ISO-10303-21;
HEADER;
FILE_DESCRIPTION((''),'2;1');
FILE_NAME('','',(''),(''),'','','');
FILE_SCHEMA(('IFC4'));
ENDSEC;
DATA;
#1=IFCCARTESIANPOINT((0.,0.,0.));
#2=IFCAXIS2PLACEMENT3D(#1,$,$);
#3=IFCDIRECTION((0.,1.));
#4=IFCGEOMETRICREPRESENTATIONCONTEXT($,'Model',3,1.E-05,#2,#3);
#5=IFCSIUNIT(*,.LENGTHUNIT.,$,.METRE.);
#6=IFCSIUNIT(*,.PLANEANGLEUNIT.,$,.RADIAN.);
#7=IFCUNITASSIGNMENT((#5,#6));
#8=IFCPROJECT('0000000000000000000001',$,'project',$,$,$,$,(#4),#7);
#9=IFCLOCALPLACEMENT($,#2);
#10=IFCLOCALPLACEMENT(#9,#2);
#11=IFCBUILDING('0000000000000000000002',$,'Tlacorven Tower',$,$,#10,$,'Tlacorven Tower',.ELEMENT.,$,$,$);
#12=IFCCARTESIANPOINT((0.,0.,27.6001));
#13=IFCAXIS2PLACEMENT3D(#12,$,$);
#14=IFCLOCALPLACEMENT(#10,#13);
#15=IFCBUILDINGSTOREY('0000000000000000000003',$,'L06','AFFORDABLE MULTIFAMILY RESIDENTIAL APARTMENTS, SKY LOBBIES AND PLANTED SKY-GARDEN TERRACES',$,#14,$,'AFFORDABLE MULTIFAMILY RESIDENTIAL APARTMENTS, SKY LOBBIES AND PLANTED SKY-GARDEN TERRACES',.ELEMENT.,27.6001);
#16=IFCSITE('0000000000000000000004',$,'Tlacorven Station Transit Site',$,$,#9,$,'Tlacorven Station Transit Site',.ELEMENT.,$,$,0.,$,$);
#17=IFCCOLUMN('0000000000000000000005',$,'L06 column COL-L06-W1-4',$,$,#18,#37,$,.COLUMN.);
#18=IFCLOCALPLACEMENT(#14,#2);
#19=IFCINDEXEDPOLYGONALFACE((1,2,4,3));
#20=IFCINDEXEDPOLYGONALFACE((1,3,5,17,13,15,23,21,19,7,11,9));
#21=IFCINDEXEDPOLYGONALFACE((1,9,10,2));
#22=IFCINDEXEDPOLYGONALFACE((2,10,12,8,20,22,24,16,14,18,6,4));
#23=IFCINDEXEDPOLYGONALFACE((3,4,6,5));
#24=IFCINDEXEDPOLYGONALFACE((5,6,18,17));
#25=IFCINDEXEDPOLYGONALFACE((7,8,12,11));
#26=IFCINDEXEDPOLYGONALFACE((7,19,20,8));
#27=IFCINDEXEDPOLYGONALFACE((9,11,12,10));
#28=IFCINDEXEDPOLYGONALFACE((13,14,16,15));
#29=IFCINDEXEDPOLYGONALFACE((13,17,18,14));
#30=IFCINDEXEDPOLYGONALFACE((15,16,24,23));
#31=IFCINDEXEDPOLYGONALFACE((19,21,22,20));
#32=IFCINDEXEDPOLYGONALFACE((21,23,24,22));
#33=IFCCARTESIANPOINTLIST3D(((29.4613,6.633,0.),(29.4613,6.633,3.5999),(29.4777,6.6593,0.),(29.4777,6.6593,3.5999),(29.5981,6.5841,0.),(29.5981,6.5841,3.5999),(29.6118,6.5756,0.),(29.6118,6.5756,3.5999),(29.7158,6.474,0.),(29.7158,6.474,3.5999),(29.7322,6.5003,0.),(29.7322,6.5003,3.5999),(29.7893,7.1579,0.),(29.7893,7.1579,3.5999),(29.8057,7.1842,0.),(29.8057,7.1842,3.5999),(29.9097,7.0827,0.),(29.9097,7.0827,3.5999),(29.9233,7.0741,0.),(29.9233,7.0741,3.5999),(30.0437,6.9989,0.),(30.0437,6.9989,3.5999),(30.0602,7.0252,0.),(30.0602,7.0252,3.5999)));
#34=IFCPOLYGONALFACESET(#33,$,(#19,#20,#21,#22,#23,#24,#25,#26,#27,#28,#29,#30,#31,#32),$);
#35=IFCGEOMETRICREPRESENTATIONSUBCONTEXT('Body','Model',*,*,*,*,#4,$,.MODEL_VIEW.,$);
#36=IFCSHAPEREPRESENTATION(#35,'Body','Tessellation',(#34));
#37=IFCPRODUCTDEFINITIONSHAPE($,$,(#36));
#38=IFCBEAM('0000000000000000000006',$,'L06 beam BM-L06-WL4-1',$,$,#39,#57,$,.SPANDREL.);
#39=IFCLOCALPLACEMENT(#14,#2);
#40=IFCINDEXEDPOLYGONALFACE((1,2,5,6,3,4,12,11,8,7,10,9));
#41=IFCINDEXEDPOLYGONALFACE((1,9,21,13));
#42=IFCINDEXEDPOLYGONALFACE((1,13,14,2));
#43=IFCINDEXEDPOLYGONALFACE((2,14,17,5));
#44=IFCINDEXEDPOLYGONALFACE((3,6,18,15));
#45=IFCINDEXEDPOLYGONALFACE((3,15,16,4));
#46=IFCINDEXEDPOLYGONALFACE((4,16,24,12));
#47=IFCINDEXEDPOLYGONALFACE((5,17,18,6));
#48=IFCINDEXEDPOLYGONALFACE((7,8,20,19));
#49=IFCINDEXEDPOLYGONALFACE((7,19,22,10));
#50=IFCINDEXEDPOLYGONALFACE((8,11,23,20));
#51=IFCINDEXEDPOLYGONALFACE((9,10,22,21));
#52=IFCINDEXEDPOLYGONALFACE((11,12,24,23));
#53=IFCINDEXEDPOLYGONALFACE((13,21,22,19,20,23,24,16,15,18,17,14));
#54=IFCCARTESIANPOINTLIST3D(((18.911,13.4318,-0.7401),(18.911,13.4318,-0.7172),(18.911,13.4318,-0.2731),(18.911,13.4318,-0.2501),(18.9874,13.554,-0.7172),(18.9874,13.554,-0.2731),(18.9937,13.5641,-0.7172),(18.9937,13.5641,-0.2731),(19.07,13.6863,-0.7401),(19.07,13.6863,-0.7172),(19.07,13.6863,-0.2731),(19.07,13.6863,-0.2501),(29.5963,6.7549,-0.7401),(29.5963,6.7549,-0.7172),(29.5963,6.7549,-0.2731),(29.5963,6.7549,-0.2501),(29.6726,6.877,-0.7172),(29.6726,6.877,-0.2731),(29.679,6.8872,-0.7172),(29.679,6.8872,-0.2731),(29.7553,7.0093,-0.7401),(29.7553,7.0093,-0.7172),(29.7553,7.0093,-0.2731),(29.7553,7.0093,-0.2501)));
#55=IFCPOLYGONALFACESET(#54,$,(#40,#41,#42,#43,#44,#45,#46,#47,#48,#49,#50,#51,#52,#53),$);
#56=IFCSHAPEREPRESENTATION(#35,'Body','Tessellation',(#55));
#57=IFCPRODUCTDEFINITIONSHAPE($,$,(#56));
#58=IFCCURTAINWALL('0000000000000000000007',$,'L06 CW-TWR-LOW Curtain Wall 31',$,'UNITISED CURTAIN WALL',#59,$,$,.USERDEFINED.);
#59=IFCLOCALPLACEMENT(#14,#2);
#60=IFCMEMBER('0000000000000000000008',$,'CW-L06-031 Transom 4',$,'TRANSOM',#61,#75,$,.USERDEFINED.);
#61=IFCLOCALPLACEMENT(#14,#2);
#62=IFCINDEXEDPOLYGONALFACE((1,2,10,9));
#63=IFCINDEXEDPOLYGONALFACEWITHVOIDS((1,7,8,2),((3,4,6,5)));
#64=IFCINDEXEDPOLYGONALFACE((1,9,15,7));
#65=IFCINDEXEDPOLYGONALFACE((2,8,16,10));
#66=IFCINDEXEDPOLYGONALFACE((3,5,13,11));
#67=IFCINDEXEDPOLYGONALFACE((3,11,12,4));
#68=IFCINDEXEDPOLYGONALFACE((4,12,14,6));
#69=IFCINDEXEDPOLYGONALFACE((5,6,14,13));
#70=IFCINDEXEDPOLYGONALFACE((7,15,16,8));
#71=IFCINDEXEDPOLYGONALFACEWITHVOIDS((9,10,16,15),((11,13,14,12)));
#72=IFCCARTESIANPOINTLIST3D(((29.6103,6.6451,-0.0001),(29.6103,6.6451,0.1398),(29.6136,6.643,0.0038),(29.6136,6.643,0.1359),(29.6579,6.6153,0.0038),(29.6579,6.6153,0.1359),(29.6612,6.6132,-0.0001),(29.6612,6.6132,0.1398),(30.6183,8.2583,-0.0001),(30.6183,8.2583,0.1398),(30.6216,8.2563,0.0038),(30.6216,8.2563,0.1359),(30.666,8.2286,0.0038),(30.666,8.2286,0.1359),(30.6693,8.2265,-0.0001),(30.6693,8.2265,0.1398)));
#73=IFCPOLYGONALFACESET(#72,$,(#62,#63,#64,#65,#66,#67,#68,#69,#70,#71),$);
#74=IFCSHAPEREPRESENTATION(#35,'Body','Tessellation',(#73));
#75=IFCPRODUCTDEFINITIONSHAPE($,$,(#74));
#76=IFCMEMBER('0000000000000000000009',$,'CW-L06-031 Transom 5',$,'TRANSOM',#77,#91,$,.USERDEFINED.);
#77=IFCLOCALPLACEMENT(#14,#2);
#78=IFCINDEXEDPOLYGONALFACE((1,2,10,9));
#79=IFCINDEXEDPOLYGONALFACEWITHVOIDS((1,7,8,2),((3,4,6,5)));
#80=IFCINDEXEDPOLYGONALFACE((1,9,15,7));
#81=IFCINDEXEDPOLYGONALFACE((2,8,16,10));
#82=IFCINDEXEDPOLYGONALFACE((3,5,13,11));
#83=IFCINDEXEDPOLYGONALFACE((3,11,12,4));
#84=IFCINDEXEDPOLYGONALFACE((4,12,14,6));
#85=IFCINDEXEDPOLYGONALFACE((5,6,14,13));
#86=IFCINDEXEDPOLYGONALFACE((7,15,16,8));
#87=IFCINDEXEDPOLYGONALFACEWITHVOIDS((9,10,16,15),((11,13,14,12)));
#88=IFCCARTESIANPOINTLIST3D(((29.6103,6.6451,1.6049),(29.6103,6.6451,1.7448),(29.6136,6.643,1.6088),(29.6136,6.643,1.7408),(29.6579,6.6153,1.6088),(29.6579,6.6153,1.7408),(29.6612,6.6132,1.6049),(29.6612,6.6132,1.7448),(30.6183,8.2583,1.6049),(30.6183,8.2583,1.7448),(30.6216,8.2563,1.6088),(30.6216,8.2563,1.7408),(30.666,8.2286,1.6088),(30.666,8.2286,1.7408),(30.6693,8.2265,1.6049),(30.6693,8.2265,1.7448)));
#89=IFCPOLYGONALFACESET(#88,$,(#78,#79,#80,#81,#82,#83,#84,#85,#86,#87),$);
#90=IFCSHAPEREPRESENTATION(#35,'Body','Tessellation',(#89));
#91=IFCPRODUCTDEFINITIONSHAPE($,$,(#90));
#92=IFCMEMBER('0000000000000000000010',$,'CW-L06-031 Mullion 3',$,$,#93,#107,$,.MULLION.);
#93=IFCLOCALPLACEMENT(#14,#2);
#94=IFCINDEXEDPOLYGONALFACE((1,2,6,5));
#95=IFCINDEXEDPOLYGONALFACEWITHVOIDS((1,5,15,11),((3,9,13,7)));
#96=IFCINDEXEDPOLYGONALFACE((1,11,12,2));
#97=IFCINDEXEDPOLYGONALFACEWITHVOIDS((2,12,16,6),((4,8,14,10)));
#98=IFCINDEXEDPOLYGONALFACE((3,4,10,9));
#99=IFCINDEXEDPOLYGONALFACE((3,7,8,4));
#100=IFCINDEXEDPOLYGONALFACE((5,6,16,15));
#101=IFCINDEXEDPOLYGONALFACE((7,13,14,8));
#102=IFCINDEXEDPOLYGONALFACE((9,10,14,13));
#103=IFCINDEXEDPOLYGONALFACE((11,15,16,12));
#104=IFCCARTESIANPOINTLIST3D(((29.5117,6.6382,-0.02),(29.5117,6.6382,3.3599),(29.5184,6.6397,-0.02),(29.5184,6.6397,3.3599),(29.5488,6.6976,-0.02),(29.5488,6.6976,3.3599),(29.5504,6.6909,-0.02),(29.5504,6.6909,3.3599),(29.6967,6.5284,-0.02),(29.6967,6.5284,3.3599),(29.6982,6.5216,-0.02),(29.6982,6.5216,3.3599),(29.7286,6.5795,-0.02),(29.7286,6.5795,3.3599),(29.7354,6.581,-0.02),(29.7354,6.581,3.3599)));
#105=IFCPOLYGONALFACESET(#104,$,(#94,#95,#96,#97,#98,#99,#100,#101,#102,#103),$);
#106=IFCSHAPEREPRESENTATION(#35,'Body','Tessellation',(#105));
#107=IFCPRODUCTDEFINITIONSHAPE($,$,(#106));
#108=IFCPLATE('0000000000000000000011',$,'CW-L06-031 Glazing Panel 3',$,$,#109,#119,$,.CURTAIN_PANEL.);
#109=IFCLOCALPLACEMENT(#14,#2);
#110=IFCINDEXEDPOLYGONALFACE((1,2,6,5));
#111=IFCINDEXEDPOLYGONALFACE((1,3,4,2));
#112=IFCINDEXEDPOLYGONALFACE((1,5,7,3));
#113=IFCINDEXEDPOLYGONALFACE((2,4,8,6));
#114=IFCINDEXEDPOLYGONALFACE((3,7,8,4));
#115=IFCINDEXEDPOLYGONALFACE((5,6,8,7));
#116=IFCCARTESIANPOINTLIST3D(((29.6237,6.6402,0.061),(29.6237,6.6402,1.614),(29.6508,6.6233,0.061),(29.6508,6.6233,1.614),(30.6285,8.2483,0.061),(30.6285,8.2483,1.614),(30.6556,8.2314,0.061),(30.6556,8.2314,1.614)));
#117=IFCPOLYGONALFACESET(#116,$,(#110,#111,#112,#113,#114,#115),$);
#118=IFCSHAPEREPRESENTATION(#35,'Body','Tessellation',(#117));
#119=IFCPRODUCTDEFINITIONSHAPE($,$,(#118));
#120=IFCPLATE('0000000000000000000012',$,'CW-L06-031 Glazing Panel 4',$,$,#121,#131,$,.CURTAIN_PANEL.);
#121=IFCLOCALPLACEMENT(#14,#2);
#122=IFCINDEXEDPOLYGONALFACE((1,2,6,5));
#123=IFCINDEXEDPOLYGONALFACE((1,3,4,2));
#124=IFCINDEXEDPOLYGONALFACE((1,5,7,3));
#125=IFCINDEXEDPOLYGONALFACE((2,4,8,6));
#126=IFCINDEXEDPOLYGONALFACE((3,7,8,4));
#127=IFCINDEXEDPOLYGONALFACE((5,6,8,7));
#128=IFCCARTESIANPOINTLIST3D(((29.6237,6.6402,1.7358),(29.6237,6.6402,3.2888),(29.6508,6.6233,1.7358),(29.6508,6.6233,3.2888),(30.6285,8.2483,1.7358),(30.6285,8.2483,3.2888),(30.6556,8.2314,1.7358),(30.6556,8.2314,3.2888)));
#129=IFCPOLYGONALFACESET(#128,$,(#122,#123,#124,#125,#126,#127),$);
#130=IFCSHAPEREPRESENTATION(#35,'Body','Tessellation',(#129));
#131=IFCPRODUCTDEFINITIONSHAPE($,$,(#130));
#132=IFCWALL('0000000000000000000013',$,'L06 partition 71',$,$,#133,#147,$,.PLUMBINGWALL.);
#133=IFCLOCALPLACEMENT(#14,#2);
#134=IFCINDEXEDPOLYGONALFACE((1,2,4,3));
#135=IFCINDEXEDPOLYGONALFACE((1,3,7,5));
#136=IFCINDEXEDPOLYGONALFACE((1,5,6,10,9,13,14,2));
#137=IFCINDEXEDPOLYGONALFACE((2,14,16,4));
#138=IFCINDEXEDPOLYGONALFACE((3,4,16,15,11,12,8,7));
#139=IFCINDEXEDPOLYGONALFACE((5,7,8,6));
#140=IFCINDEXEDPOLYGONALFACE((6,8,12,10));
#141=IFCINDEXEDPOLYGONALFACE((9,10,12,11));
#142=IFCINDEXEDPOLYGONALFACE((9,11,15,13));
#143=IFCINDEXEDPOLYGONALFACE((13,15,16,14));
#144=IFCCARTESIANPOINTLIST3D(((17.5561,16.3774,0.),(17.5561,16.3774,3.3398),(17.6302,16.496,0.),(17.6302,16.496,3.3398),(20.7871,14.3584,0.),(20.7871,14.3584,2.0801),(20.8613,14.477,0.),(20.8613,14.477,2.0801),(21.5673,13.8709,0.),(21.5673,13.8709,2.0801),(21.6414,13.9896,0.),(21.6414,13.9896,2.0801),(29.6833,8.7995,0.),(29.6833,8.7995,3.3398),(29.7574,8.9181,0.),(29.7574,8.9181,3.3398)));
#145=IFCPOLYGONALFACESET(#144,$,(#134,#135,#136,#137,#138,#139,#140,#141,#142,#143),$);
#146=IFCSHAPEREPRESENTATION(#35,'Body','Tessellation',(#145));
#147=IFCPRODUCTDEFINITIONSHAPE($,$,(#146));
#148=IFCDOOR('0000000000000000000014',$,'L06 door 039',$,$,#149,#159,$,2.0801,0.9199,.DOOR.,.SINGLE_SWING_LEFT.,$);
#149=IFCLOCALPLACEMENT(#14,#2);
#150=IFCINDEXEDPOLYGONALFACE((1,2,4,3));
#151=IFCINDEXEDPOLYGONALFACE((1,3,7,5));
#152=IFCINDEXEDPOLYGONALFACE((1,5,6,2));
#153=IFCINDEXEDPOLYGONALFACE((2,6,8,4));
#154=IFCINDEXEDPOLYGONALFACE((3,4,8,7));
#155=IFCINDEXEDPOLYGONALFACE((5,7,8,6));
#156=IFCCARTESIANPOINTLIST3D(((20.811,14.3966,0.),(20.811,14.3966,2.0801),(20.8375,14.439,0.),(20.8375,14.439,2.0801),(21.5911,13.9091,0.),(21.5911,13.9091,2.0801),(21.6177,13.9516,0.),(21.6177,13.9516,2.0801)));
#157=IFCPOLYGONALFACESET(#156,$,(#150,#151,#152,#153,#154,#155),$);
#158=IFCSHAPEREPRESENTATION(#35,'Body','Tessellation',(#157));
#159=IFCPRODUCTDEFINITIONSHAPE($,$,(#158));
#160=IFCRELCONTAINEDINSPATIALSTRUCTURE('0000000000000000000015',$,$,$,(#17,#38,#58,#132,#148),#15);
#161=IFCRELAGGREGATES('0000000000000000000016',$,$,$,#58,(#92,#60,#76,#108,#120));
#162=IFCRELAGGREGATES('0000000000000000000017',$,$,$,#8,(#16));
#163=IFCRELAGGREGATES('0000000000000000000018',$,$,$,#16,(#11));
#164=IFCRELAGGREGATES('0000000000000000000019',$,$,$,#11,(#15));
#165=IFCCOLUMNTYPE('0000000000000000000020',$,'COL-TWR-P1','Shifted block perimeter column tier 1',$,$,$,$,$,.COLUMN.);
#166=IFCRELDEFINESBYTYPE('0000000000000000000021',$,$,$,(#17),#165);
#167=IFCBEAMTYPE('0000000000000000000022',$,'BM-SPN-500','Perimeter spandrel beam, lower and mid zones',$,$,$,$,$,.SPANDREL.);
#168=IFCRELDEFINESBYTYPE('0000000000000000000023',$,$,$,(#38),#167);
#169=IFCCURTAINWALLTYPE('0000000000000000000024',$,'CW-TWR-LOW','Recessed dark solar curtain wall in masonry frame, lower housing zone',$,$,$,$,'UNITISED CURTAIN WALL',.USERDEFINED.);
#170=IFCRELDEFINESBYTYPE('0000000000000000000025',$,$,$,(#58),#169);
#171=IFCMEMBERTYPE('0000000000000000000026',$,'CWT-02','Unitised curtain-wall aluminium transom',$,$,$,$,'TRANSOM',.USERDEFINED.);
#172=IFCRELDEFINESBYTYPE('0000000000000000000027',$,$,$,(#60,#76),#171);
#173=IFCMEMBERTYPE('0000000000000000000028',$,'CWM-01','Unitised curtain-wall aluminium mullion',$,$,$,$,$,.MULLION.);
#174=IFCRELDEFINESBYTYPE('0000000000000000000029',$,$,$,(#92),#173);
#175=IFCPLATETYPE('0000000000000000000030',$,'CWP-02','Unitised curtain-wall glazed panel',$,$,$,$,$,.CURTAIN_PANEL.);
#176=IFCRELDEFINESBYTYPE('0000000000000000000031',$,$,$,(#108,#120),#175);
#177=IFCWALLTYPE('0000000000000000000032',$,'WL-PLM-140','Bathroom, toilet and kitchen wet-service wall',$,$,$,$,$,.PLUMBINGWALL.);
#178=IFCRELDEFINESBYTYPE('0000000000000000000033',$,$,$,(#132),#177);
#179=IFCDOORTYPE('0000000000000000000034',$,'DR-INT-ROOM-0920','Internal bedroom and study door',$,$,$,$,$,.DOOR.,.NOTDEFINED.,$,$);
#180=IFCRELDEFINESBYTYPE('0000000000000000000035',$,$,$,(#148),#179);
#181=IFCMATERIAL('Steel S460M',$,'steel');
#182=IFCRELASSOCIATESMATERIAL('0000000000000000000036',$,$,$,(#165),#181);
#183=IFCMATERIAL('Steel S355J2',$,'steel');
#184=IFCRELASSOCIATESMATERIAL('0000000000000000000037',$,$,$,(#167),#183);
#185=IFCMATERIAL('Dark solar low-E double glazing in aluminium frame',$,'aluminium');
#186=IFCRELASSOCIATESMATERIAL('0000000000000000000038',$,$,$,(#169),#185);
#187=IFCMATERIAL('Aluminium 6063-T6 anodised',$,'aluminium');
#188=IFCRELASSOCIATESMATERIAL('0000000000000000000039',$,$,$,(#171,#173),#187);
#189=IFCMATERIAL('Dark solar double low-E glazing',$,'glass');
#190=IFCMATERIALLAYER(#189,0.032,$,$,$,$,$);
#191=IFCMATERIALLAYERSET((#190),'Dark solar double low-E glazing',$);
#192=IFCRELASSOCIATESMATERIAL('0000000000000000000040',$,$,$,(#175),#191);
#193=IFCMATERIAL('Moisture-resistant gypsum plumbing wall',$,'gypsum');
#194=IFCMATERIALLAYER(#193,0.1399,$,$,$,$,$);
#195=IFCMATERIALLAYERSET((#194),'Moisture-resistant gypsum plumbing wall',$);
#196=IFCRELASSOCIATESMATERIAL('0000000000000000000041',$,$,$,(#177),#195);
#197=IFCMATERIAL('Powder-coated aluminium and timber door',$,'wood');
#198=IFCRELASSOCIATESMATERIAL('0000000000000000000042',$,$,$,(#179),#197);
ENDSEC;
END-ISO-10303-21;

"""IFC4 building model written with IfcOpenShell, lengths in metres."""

from ifc_helpers import new_model, si_unit, direction, frame, frame_2d, origin, origin_2d, place, context, subcontext, project, spatial, rectangle, hollow_rectangle, i_section, extrude, source, transform, mapped, material, layer, layer_set, material_profile, profile_set, type_object, element, fill, aggregate, save


model = new_model("IFC4")

# Units and contexts
model_context = context("Model", 3, precision=1e-05, world=origin(), true_north=direction((0.0, 1.0)))
body_context = subcontext(model_context, "Body", "Model", "MODEL_VIEW")
ifc_project = project(units=[si_unit("LENGTHUNIT", "METRE"), si_unit("PLANEANGLEUNIT", "RADIAN")], contexts=[model_context])

# Site, building, storey
site_placement = place(None, origin())
site = spatial("IfcSite", under=ifc_project, at=site_placement, Name="Tlacorven Station Transit Site", LongName="Tlacorven Station Transit Site", CompositionType="ELEMENT", RefElevation=0.0)
building_placement = place(site_placement, origin())
building = spatial("IfcBuilding", under=site, at=building_placement, Name="Tlacorven Tower", LongName="Tlacorven Tower", CompositionType="ELEMENT")
storey_placement = place(building_placement, frame((0.0, 0.0, 27.6001)))
storey = spatial("IfcBuildingStorey", under=building, at=storey_placement, Name="L06", Description="AFFORDABLE MULTIFAMILY RESIDENTIAL APARTMENTS, SKY LOBBIES AND PLANTED SKY-GARDEN TERRACES", LongName="AFFORDABLE MULTIFAMILY RESIDENTIAL APARTMENTS, SKY LOBBIES AND PLANTED SKY-GARDEN TERRACES", CompositionType="ELEMENT", Elevation=27.6001)

# Column
ifc_material_1 = material(Name="Steel S460M", Category="steel")
ifc_material_profile_1 = material_profile(ifc_material_1, i_section(OverallWidth=0.3, OverallDepth=0.6499, WebThickness=0.0161, FlangeThickness=0.031, at=origin_2d()), Name="HEB 650")
ifc_profile_set_1 = profile_set([ifc_material_profile_1], Name="Steel S460M")
column_type = type_object("IfcColumnType", Name="COL-TWR-P1", Description="Shifted block perimeter column tier 1", PredefinedType="COLUMN", material=ifc_profile_set_1)
shared_shape_1 = source(origin(), body_context, "Body", "SweptSolid", [
    extrude(i_section(OverallWidth=0.3, OverallDepth=0.6499, WebThickness=0.0161, FlangeThickness=0.031, at=origin_2d()), origin(), (0.0, 0.0, 1.0), 3.5999),
])
column_placement = place(storey_placement, frame((29.7607, 6.8291, 0.0), z_axis=(0.0, 0.0, 1.0), x_axis=(-0.848048, 0.529919, 0.0)))
element("IfcColumn", 1, at=column_placement, inside=storey, type_object=column_type, Name="L06 column COL-L06-W1-4", PredefinedType="COLUMN", context=body_context, shape_type="MappedRepresentation", body=[
    mapped(shared_shape_1, transform((0.0, 0.0, 0.0), scale=1.0)),
])

# Beam
ifc_material_2 = material(Name="Steel S355J2", Category="steel")
ifc_material_profile_2 = material_profile(ifc_material_2, i_section(OverallWidth=0.3, OverallDepth=0.49, WebThickness=0.012, FlangeThickness=0.0229, at=origin_2d()), Name="HEA 500")
ifc_profile_set_2 = profile_set([ifc_material_profile_2], Name="Steel S355J2")
beam_type = type_object("IfcBeamType", Name="BM-SPN-500", Description="Perimeter spandrel beam, lower and mid zones", PredefinedType="SPANDREL", material=ifc_profile_set_2)
shared_shape_2 = source(origin(), body_context, "Body", "SweptSolid", [
    extrude(i_section(OverallWidth=0.3, OverallDepth=0.49, WebThickness=0.012, FlangeThickness=0.0229, at=origin_2d()), origin(), (0.0, 0.0, 1.0), 12.5999),
])
beam_placement = place(storey_placement, frame((29.6758, 6.8821, -0.4951), z_axis=(-0.848045, 0.529924, 0.0), x_axis=(-0.529924, -0.848045, 0.0)))
element("IfcBeam", 2, at=beam_placement, inside=storey, type_object=beam_type, Name="L06 beam BM-L06-WL4-1", PredefinedType="SPANDREL", context=body_context, shape_type="MappedRepresentation", body=[
    mapped(shared_shape_2, transform((0.0, 0.0, 0.0), scale=1.0)),
])

# Curtain wall, members, plates
ifc_material_3 = material(Name="Dark solar low-E double glazing in aluminium frame", Category="aluminium")
curtain_wall_type = type_object("IfcCurtainWallType", Name="CW-TWR-LOW", Description="Recessed dark solar curtain wall in masonry frame, lower housing zone", ElementType="UNITISED CURTAIN WALL", PredefinedType="USERDEFINED", material=ifc_material_3)
curtain_wall_placement = place(storey_placement, origin())
curtain_wall = element("IfcCurtainWall", 3, at=curtain_wall_placement, inside=storey, type_object=curtain_wall_type, Name="L06 CW-TWR-LOW Curtain Wall 31", ObjectType="UNITISED CURTAIN WALL", PredefinedType="USERDEFINED")
ifc_material_4 = material(Name="Aluminium 6063-T6 anodised", Category="aluminium")
ifc_material_profile_3 = material_profile(ifc_material_4, hollow_rectangle(XDim=0.0601, YDim=0.1399, WallThickness=0.0039, at=origin_2d()), Name="ALU TRANSOM 60X140")
ifc_profile_set_3 = profile_set([ifc_material_profile_3], Name="Aluminium 6063-T6 anodised")
member_type_1 = type_object("IfcMemberType", Name="CWT-02", Description="Unitised curtain-wall aluminium transom", ElementType="TRANSOM", PredefinedType="USERDEFINED", material=ifc_profile_set_3)
shared_shape_3 = source(origin(), body_context, "Body", "SweptSolid", [
    extrude(hollow_rectangle(XDim=0.0601, YDim=0.1399, WallThickness=0.0039, at=origin_2d()), origin(), (0.0, 0.0, 1.0), 1.9023),
])
member_1_placement = place(storey_placement, frame((30.6438, 8.2424, 0.0698), z_axis=(-0.529907, -0.848056, 0.0), x_axis=(0.848056, -0.529907, 0.0)))
member_1 = element("IfcMember", 4, at=member_1_placement, type_object=member_type_1, Name="CW-L06-031 Transom 4", ObjectType="TRANSOM", PredefinedType="USERDEFINED", context=body_context, shape_type="MappedRepresentation", body=[
    mapped(shared_shape_3, transform((0.0, 0.0, 0.0), scale=1.0)),
])
member_2_placement = place(storey_placement, frame((30.6438, 8.2424, 1.6748), z_axis=(-0.529907, -0.848056, 0.0), x_axis=(0.848056, -0.529907, 0.0)))
member_2 = element("IfcMember", 5, at=member_2_placement, type_object=member_type_1, Name="CW-L06-031 Transom 5", ObjectType="TRANSOM", PredefinedType="USERDEFINED", context=body_context, shape_type="MappedRepresentation", body=[
    mapped(shared_shape_3, transform((0.0, 0.0, 0.0), scale=1.0)),
])
ifc_material_profile_4 = material_profile(ifc_material_4, hollow_rectangle(XDim=0.0701, YDim=0.22, WallThickness=0.0049, at=origin_2d()), Name="ALU MULLION 70X220")
ifc_profile_set_4 = profile_set([ifc_material_profile_4], Name="Aluminium 6063-T6 anodised")
member_type_2 = type_object("IfcMemberType", Name="CWM-01", Description="Unitised curtain-wall aluminium mullion", PredefinedType="MULLION", material=ifc_profile_set_4)
shared_shape_4 = source(origin(), body_context, "Body", "SweptSolid", [
    extrude(hollow_rectangle(XDim=0.0701, YDim=0.22, WallThickness=0.0049, at=origin_2d()), origin(), (0.0, 0.0, 1.0), 3.3799),
])
member_3_placement = place(storey_placement, frame((29.6235, 6.6096, -0.02), z_axis=(0.0, 0.0, 1.0), x_axis=(-0.529919, -0.848048, 0.0)))
member_3 = element("IfcMember", 6, at=member_3_placement, type_object=member_type_2, Name="CW-L06-031 Mullion 3", PredefinedType="MULLION", context=body_context, shape_type="MappedRepresentation", body=[
    mapped(shared_shape_4, transform((0.0, 0.0, 0.0), scale=1.0)),
])
ifc_material_5 = material(Name="Dark solar double low-E glazing", Category="glass")
ifc_layer_1 = layer(ifc_material_5, 0.032)
ifc_layer_set_1 = layer_set([ifc_layer_1], Name="Dark solar double low-E glazing")
plate_type = type_object("IfcPlateType", Name="CWP-02", Description="Unitised curtain-wall glazed panel", PredefinedType="CURTAIN_PANEL", material=ifc_layer_set_1)
shared_shape_5 = source(origin(), body_context, "Body", "SweptSolid", [
    extrude(rectangle(XDim=1.8962, YDim=0.032, at=origin_2d()), origin(), (0.0, 0.0, 1.0), 1.553),
])
plate_1_placement = place(storey_placement, frame((30.1396, 7.4358, 0.061), z_axis=(0.0, 0.0, 1.0), x_axis=(-0.529919, -0.848048, 0.0)))
plate_1 = element("IfcPlate", 7, at=plate_1_placement, type_object=plate_type, Name="CW-L06-031 Glazing Panel 3", PredefinedType="CURTAIN_PANEL", context=body_context, shape_type="MappedRepresentation", body=[
    mapped(shared_shape_5, transform((0.0, 0.0, 0.0), scale=1.0)),
])
plate_2_placement = place(storey_placement, frame((30.1396, 7.4358, 1.7358), z_axis=(0.0, 0.0, 1.0), x_axis=(-0.529919, -0.848048, 0.0)))
plate_2 = element("IfcPlate", 8, at=plate_2_placement, type_object=plate_type, Name="CW-L06-031 Glazing Panel 4", PredefinedType="CURTAIN_PANEL", context=body_context, shape_type="MappedRepresentation", body=[
    mapped(shared_shape_5, transform((0.0, 0.0, 0.0), scale=1.0)),
])
aggregate(curtain_wall, [member_3, member_1, member_2, plate_1, plate_2])

# Shared definitions
ifc_material_6 = material(Name="Powder-coated aluminium and timber door", Category="wood")

# Wall, opening, door
ifc_material_7 = material(Name="Moisture-resistant gypsum plumbing wall", Category="gypsum")
ifc_layer_2 = layer(ifc_material_7, 0.1399)
ifc_layer_set_2 = layer_set([ifc_layer_2], Name="Moisture-resistant gypsum plumbing wall")
wall_type_1 = type_object("IfcWallType", Name="WL-PLM-140", Description="Bathroom, toilet and kitchen wet-service wall", PredefinedType="PLUMBINGWALL", material=ifc_layer_set_2)
wall_1_placement = place(storey_placement, frame((29.7202, 8.8589, 0.0), z_axis=(0.0, 0.0, 1.0), x_axis=(-0.848049, 0.529918, 0.0)))
wall_1 = element("IfcWall", 9, at=wall_1_placement, inside=storey, type_object=wall_type_1, Name="L06 partition 71", PredefinedType="PLUMBINGWALL", context=body_context, shape_type="SweptSolid", body=[
    extrude(rectangle(XDim=14.3, YDim=0.1399, at=frame_2d((7.1499, 0.0))), origin(), (0.0, 0.0, 1.0), 3.3398),
])
opening_1_placement = place(wall_1_placement, frame((9.5701, 0.0, 0.0)))
opening_1 = element("IfcOpeningElement", 10, at=opening_1_placement, cuts=wall_1, PredefinedType="OPENING", context=body_context, shape_type="SweptSolid", body=[
    extrude(rectangle(XDim=0.9199, YDim=2.0801, at=frame_2d((0.46, 1.04))), frame((0.0, 0.0801, 0.0), z_axis=(0.0, -1.0, 0.0), x_axis=(1.0, 0.0, 0.0)), (0.0, 0.0, 1.0), 0.1599),
])
door_type_1 = type_object("IfcDoorType", Name="DR-INT-ROOM-0920", Description="Internal bedroom and study door", OperationType="NOTDEFINED", PredefinedType="DOOR", material=ifc_material_6)
shared_shape_6 = source(origin(), body_context, "Body", "SweptSolid", [
    extrude(rectangle(XDim=0.9199, YDim=2.0801, at=frame_2d((0.46, 1.04))), frame((0.0, 0.0249, 0.0), z_axis=(0.0, -1.0, 0.0), x_axis=(1.0, 0.0, 0.0)), (0.0, 0.0, 1.0), 0.05),
])
door_1_placement = place(opening_1_placement, origin())
door_1 = element("IfcDoor", 11, at=door_1_placement, inside=storey, type_object=door_type_1, Name="L06 door 039", OperationType="SINGLE_SWING_LEFT", OverallHeight=2.0801, OverallWidth=0.9199, PredefinedType="DOOR", context=body_context, shape_type="MappedRepresentation", body=[
    mapped(shared_shape_6, transform((0.0, 0.0, 0.0), scale=1.0)),
])
fill(opening_1, door_1)

save(model, "model.ifc")
